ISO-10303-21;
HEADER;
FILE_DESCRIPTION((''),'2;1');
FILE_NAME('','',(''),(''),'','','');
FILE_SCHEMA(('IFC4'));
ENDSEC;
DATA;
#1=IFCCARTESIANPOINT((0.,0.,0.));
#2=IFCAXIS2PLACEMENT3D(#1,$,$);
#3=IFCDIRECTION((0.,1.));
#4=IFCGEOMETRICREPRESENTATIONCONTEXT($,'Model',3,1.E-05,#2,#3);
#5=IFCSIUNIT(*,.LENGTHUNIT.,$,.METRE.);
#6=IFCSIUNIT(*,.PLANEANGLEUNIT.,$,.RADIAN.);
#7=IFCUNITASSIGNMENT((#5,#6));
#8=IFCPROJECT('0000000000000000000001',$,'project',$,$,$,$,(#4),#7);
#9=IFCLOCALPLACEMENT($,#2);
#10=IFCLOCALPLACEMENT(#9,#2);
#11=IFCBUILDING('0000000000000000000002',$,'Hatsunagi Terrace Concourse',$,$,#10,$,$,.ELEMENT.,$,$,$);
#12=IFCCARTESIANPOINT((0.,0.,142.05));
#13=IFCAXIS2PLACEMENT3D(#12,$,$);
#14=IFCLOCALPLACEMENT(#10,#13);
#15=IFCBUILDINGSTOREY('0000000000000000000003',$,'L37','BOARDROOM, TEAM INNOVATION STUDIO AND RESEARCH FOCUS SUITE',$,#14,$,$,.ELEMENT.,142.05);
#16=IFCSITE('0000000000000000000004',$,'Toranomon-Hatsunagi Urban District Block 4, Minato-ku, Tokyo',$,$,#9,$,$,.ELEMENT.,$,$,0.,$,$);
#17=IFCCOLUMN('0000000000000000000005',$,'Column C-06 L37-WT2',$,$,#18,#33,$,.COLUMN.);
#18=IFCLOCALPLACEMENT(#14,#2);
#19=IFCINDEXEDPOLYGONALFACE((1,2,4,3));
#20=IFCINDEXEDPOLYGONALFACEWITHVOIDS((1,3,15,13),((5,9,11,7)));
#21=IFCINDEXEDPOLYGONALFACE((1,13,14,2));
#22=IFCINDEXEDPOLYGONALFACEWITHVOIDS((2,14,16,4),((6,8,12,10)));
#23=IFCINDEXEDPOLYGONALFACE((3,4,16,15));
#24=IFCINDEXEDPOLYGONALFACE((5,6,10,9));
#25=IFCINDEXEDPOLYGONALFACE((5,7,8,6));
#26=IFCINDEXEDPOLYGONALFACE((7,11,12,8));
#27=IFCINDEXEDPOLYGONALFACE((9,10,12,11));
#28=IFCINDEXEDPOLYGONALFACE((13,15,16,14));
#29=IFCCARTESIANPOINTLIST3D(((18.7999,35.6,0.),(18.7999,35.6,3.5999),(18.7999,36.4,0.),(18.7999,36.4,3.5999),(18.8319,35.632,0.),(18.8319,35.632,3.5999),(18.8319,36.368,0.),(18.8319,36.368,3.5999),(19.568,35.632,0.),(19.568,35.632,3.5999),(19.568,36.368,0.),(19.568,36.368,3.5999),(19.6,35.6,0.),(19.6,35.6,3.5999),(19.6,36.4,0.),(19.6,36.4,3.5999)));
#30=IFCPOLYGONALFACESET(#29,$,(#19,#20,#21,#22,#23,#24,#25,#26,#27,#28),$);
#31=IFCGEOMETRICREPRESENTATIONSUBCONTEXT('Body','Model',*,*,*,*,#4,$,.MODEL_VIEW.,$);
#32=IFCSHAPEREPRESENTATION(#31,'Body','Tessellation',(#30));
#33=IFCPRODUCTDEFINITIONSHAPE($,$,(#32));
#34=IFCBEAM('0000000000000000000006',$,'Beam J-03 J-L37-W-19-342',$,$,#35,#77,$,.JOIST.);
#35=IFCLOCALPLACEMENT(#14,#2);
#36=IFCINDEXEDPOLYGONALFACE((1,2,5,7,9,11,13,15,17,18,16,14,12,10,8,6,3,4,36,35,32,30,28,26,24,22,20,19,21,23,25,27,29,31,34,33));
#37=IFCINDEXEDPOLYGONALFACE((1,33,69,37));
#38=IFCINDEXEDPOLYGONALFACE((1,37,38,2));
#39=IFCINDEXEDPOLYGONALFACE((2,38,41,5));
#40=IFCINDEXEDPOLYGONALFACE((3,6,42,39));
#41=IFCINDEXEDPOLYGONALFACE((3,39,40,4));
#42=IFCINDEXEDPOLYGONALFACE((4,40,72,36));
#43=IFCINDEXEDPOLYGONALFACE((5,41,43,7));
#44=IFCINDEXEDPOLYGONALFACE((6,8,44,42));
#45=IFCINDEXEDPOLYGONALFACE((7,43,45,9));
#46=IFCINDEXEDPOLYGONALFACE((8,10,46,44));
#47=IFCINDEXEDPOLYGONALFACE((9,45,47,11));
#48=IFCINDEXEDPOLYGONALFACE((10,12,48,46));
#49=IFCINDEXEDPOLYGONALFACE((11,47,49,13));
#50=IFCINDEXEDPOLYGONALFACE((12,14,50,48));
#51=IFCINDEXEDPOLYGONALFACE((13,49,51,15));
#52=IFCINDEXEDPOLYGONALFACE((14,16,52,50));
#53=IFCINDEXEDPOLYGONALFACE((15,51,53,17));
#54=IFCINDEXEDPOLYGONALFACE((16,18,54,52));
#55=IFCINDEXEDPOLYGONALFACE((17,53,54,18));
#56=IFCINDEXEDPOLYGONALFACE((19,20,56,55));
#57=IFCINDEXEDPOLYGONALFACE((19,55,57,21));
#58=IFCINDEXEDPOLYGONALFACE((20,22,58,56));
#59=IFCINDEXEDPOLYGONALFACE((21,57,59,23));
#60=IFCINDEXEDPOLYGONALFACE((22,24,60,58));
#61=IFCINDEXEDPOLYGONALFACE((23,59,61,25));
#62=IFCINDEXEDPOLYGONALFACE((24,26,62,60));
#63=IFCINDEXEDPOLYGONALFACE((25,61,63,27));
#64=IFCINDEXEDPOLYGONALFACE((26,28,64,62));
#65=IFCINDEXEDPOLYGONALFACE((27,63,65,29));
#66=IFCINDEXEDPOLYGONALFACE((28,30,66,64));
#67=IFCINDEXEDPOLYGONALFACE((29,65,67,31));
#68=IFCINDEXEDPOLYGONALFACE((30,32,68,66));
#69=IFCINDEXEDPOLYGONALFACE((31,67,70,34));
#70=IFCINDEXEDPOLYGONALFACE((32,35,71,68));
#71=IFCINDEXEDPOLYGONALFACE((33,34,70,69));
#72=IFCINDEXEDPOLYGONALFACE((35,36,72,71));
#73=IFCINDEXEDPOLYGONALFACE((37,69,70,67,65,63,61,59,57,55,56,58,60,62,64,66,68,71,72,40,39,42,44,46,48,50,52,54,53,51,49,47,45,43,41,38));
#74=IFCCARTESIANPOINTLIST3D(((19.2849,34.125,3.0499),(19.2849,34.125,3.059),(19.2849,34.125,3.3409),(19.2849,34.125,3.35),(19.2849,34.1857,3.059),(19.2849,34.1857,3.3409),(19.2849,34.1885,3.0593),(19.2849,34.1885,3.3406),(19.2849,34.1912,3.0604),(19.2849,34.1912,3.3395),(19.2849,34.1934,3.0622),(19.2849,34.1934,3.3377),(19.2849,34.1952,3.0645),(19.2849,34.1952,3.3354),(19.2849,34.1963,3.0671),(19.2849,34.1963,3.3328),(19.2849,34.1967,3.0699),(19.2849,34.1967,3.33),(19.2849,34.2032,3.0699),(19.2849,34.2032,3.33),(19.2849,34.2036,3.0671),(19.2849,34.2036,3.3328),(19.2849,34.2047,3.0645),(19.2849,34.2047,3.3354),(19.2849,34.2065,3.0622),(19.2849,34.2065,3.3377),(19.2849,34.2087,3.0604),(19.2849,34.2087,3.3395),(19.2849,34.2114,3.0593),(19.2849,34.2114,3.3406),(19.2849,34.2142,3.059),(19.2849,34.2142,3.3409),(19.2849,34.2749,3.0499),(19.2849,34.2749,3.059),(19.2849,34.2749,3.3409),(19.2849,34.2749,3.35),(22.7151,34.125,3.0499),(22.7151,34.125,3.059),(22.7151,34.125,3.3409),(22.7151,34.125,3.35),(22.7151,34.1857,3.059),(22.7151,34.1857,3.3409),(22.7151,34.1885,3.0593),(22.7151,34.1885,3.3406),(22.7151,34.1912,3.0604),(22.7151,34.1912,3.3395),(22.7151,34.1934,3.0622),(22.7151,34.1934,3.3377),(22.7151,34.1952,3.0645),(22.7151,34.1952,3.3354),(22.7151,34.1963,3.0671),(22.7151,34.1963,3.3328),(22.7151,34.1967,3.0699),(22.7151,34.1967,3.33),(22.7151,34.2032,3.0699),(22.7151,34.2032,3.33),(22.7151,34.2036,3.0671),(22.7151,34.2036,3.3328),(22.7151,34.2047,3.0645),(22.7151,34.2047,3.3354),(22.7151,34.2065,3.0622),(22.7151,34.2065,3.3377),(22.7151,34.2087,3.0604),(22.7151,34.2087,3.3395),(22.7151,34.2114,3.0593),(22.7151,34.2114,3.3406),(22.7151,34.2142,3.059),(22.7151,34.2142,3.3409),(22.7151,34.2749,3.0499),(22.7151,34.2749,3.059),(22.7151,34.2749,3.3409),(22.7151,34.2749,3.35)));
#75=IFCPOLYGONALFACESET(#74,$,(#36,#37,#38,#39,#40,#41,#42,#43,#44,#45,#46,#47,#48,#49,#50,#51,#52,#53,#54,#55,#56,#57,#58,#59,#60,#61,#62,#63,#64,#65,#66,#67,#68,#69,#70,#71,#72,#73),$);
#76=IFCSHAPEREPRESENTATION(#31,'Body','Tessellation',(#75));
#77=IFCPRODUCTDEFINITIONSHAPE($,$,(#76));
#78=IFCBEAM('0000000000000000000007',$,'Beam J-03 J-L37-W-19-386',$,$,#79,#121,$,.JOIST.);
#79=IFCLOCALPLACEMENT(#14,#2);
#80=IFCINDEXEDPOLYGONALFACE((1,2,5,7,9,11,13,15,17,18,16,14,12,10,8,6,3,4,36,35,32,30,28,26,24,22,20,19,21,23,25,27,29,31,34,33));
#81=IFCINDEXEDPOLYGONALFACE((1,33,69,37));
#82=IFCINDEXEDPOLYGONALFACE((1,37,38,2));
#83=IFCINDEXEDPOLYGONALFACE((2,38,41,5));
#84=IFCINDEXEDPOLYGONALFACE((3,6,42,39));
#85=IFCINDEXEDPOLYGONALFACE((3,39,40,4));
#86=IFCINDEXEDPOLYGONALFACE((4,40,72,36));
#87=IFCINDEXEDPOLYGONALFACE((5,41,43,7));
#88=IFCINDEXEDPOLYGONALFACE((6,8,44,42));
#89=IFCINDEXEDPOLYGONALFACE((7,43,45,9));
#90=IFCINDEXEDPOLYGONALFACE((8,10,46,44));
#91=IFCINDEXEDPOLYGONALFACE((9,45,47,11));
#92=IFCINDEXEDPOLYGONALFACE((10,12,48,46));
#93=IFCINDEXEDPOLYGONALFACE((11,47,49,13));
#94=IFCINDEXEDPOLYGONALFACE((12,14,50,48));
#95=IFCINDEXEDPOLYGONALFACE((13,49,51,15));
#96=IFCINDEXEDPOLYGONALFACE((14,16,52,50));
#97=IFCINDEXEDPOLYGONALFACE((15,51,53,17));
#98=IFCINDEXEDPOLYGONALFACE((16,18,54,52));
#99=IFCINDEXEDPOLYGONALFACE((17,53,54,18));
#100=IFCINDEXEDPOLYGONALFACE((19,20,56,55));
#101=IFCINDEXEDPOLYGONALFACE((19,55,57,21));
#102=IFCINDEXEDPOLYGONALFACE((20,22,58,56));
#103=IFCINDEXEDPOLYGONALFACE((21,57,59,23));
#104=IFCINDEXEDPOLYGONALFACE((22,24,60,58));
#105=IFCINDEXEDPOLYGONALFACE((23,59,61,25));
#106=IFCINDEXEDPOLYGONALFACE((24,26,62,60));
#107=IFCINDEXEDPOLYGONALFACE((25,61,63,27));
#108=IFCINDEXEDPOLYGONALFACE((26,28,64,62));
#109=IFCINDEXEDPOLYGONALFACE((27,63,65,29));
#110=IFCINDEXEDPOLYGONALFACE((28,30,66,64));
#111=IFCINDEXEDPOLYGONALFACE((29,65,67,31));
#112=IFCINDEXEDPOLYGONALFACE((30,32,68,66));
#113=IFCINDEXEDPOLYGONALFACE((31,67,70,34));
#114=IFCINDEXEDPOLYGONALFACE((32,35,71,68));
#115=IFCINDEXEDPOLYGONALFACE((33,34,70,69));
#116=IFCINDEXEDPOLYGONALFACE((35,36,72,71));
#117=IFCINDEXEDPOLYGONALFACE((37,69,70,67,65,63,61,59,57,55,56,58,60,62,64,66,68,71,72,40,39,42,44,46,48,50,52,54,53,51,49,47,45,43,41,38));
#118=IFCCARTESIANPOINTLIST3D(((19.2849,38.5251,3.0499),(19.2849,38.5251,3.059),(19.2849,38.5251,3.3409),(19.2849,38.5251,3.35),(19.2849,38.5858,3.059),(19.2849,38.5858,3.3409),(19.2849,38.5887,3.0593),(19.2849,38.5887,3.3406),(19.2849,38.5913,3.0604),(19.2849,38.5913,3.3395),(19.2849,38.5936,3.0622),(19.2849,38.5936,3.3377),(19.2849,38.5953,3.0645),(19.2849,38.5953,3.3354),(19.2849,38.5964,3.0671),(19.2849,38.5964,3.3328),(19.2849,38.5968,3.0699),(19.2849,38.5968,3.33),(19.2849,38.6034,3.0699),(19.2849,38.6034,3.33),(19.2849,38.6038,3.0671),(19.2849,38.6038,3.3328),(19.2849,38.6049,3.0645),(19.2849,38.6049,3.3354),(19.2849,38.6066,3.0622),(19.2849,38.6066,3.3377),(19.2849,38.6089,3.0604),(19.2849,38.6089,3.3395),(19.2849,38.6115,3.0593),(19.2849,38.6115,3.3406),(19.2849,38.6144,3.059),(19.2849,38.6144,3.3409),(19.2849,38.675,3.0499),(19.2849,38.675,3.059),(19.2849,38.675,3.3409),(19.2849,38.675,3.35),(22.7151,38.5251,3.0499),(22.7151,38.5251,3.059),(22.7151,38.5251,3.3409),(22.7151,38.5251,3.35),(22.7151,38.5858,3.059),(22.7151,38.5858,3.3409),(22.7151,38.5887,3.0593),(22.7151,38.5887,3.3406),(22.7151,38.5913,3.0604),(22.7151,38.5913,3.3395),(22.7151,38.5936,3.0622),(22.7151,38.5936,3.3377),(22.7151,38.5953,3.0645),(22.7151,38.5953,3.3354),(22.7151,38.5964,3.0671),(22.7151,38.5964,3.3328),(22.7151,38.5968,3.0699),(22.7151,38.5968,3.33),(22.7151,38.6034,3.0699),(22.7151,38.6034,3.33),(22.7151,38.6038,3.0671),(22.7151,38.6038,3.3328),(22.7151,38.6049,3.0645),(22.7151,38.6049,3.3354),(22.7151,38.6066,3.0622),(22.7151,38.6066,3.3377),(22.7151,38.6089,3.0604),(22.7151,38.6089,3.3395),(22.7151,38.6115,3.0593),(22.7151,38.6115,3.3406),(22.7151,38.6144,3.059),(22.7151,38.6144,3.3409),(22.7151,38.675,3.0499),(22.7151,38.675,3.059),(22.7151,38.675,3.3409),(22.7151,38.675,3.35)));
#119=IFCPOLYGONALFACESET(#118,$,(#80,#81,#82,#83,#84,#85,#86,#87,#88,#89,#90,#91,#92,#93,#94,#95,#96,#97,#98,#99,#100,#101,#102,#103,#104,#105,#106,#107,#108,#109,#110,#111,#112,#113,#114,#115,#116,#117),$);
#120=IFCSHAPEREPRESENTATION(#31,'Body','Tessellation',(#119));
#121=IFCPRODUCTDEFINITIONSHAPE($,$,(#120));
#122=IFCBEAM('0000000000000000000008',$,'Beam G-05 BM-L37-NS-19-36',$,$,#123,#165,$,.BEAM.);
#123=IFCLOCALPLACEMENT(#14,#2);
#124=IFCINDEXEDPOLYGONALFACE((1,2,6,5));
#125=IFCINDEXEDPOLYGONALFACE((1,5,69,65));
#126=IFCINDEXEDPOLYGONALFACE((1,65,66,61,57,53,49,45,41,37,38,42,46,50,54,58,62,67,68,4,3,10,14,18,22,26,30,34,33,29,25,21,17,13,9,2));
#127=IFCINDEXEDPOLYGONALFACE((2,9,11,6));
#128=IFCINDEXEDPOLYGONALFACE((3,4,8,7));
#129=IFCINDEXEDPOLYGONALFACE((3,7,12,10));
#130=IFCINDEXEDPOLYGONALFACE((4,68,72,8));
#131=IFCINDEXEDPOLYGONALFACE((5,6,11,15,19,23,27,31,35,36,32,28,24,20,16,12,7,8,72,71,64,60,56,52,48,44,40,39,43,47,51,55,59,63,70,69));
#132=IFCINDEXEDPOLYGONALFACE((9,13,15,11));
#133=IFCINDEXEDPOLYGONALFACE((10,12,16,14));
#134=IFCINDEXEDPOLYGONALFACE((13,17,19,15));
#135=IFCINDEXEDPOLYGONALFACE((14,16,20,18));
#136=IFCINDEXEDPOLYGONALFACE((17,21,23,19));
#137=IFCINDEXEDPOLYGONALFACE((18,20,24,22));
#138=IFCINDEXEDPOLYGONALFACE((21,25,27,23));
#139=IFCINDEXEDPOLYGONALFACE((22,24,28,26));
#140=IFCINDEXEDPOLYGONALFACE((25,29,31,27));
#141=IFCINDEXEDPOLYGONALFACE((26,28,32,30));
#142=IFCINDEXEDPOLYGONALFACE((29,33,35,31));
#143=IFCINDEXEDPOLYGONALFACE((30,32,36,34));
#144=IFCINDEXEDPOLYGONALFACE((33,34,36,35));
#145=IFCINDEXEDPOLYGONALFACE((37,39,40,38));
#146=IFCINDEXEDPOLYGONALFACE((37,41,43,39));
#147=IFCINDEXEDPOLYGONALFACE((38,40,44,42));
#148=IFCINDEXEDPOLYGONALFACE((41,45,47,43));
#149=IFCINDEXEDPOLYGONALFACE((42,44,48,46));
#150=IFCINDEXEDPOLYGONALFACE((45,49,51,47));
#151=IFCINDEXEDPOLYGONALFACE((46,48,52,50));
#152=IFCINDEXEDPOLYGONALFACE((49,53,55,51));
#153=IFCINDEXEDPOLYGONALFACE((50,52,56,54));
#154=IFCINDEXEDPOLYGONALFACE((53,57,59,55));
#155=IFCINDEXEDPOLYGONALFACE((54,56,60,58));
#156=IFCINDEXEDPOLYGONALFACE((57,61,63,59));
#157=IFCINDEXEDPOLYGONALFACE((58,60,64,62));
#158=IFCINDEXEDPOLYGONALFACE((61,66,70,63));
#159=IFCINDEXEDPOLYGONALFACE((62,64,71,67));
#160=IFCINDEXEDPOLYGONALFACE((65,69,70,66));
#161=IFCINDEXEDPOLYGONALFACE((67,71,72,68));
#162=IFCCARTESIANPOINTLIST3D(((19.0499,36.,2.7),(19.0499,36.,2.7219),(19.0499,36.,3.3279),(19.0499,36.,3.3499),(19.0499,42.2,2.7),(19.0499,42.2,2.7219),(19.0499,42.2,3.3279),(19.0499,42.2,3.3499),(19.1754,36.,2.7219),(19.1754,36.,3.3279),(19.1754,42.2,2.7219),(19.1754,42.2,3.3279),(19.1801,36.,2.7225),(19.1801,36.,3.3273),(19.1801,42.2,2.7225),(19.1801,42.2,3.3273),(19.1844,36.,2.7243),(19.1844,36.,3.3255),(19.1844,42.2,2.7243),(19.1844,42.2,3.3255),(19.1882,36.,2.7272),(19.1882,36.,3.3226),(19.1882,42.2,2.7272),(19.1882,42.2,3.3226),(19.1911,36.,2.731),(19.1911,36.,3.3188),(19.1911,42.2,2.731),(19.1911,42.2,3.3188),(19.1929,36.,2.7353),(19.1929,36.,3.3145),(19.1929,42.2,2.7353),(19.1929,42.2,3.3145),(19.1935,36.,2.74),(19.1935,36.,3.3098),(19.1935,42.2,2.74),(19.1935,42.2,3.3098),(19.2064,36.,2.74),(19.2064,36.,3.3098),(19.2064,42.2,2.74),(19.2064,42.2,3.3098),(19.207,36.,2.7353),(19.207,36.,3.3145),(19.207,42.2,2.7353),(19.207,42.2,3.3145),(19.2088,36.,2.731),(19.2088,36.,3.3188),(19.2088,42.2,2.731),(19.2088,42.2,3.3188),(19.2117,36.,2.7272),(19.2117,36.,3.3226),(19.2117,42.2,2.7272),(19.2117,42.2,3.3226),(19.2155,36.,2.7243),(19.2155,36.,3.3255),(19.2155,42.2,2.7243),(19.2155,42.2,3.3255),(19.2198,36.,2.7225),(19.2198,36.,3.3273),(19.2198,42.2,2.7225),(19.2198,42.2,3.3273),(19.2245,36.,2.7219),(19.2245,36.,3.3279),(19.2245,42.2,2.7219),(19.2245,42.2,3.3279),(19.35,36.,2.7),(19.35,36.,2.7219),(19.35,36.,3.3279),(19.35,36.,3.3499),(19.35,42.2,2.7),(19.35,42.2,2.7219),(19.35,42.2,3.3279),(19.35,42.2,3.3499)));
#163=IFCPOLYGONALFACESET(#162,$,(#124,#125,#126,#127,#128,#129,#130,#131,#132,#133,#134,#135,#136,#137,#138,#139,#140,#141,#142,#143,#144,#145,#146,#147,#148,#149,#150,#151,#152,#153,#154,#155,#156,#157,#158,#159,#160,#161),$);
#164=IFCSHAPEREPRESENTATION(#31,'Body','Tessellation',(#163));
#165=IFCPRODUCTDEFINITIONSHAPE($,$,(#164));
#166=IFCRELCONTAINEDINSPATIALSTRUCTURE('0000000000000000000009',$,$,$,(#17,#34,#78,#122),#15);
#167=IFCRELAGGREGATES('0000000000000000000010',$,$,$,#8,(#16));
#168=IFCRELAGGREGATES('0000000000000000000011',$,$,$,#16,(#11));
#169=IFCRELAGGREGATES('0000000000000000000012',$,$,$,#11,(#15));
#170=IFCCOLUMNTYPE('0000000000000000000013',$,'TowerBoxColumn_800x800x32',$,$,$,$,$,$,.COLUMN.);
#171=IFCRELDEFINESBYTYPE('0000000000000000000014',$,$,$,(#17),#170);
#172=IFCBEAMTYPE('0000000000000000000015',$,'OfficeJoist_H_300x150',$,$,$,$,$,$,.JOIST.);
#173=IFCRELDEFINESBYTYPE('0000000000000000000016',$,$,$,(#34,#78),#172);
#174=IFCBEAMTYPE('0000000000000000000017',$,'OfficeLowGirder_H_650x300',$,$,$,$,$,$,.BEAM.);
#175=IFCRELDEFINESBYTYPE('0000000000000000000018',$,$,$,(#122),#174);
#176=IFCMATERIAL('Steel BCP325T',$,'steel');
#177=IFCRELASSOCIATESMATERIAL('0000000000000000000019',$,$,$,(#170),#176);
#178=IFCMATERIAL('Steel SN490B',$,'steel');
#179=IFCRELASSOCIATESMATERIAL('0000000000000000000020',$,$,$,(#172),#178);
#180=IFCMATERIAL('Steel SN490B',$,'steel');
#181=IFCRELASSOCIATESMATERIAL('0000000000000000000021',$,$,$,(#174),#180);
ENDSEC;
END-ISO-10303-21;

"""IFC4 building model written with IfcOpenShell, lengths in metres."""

from ifc_helpers import new_model, si_unit, direction, frame, origin, origin_2d, place, context, subcontext, project, spatial, hollow_rectangle, i_section, extrude, material, material_profile, profile_set, type_object, element, save


model = new_model("IFC4")

# Units and contexts
model_context = context("Model", 3, precision=1e-05, world=origin(), true_north=direction((0.0, 1.0)))
body_context = subcontext(model_context, "Body", "Model", "MODEL_VIEW")
ifc_project = project(units=[si_unit("LENGTHUNIT", "METRE"), si_unit("PLANEANGLEUNIT", "RADIAN")], contexts=[model_context])

# Site, building, storey
site_placement = place(None, origin())
site = spatial("IfcSite", under=ifc_project, at=site_placement, Name="Toranomon-Hatsunagi Urban District Block 4, Minato-ku, Tokyo", CompositionType="ELEMENT", RefElevation=0.0)
building_placement = place(site_placement, origin())
building = spatial("IfcBuilding", under=site, at=building_placement, Name="Hatsunagi Terrace Concourse", CompositionType="ELEMENT")
storey_placement = place(building_placement, frame((0.0, 0.0, 142.05)))
storey = spatial("IfcBuildingStorey", under=building, at=storey_placement, Name="L37", Description="BOARDROOM, TEAM INNOVATION STUDIO AND RESEARCH FOCUS SUITE", CompositionType="ELEMENT", Elevation=142.05)

# Column
ifc_material_1 = material(Name="Steel BCP325T", Category="steel")
ifc_material_profile_1 = material_profile(ifc_material_1, hollow_rectangle(XDim=0.8, YDim=0.8, WallThickness=0.032, at=origin_2d()), Name="BCP-800x800x32")
ifc_profile_set_1 = profile_set([ifc_material_profile_1], Name="Steel BCP325T")
column_type = type_object("IfcColumnType", Name="TowerBoxColumn_800x800x32", PredefinedType="COLUMN", material=ifc_profile_set_1)
column_placement = place(storey_placement, frame((19.2, 36.0, 0.0), z_axis=(0.0, 0.0, 1.0), x_axis=(1.0, 0.0, 0.0)))
element("IfcColumn", 1, at=column_placement, inside=storey, type_object=column_type, Name="Column C-06 L37-WT2", PredefinedType="COLUMN", context=body_context, shape_type="SweptSolid", body=[
    extrude(hollow_rectangle(XDim=0.8, YDim=0.8, WallThickness=0.032, at=origin_2d()), origin(), (0.0, 0.0, 1.0), 3.5999),
])

# Beams
ifc_material_2 = material(Name="Steel SN490B", Category="steel")
ifc_material_profile_2 = material_profile(ifc_material_2, i_section(OverallWidth=0.1499, OverallDepth=0.3, WebThickness=0.0066, FlangeThickness=0.009, FilletRadius=0.011, at=origin_2d()), Name="H-300x150x6.5x9")
ifc_profile_set_2 = profile_set([ifc_material_profile_2], Name="Steel SN490B")
beam_type_1 = type_object("IfcBeamType", Name="OfficeJoist_H_300x150", PredefinedType="JOIST", material=ifc_profile_set_2)
for number, where, z_axis, x_axis, name in (
    (2, (19.2849, 34.2, 3.2), (1.0, 0.0, 0.0), (0.0, 1.0, 0.0), "Beam J-03 J-L37-W-19-342"),
    (3, (19.2849, 38.6001, 3.2), (1.0, 0.0, 0.0), (0.0, 1.0, 0.0), "Beam J-03 J-L37-W-19-386"),
):
    element("IfcBeam", number, at=place(storey_placement, frame(where, z_axis=z_axis, x_axis=x_axis)), inside=storey, type_object=beam_type_1, Name=name, PredefinedType="JOIST", context=body_context, shape_type="SweptSolid", body=[
        extrude(i_section(OverallWidth=0.1499, OverallDepth=0.3, WebThickness=0.0066, FlangeThickness=0.009, FilletRadius=0.011, at=origin_2d()), origin(), (0.0, 0.0, 1.0), 3.4302),
    ])
ifc_material_3 = material(Name="Steel SN490B", Category="steel")
ifc_material_profile_3 = material_profile(ifc_material_3, i_section(OverallWidth=0.3, OverallDepth=0.6499, WebThickness=0.0129, FlangeThickness=0.022, FilletRadius=0.0181, at=origin_2d()), Name="H-650x300x13x22")
ifc_profile_set_3 = profile_set([ifc_material_profile_3], Name="Steel SN490B")
beam_type_2 = type_object("IfcBeamType", Name="OfficeLowGirder_H_650x300", PredefinedType="BEAM", material=ifc_profile_set_3)
beam_1_placement = place(storey_placement, frame((19.2, 36.0, 3.0249), z_axis=(0.0, 1.0, 0.0), x_axis=(-1.0, 0.0, 0.0)))
element("IfcBeam", 4, at=beam_1_placement, inside=storey, type_object=beam_type_2, Name="Beam G-05 BM-L37-NS-19-36", PredefinedType="BEAM", context=body_context, shape_type="SweptSolid", body=[
    extrude(i_section(OverallWidth=0.3, OverallDepth=0.6499, WebThickness=0.0129, FlangeThickness=0.022, FilletRadius=0.0181, at=origin_2d()), origin(), (0.0, 0.0, 1.0), 6.2),
])

save(model, "model.ifc")
